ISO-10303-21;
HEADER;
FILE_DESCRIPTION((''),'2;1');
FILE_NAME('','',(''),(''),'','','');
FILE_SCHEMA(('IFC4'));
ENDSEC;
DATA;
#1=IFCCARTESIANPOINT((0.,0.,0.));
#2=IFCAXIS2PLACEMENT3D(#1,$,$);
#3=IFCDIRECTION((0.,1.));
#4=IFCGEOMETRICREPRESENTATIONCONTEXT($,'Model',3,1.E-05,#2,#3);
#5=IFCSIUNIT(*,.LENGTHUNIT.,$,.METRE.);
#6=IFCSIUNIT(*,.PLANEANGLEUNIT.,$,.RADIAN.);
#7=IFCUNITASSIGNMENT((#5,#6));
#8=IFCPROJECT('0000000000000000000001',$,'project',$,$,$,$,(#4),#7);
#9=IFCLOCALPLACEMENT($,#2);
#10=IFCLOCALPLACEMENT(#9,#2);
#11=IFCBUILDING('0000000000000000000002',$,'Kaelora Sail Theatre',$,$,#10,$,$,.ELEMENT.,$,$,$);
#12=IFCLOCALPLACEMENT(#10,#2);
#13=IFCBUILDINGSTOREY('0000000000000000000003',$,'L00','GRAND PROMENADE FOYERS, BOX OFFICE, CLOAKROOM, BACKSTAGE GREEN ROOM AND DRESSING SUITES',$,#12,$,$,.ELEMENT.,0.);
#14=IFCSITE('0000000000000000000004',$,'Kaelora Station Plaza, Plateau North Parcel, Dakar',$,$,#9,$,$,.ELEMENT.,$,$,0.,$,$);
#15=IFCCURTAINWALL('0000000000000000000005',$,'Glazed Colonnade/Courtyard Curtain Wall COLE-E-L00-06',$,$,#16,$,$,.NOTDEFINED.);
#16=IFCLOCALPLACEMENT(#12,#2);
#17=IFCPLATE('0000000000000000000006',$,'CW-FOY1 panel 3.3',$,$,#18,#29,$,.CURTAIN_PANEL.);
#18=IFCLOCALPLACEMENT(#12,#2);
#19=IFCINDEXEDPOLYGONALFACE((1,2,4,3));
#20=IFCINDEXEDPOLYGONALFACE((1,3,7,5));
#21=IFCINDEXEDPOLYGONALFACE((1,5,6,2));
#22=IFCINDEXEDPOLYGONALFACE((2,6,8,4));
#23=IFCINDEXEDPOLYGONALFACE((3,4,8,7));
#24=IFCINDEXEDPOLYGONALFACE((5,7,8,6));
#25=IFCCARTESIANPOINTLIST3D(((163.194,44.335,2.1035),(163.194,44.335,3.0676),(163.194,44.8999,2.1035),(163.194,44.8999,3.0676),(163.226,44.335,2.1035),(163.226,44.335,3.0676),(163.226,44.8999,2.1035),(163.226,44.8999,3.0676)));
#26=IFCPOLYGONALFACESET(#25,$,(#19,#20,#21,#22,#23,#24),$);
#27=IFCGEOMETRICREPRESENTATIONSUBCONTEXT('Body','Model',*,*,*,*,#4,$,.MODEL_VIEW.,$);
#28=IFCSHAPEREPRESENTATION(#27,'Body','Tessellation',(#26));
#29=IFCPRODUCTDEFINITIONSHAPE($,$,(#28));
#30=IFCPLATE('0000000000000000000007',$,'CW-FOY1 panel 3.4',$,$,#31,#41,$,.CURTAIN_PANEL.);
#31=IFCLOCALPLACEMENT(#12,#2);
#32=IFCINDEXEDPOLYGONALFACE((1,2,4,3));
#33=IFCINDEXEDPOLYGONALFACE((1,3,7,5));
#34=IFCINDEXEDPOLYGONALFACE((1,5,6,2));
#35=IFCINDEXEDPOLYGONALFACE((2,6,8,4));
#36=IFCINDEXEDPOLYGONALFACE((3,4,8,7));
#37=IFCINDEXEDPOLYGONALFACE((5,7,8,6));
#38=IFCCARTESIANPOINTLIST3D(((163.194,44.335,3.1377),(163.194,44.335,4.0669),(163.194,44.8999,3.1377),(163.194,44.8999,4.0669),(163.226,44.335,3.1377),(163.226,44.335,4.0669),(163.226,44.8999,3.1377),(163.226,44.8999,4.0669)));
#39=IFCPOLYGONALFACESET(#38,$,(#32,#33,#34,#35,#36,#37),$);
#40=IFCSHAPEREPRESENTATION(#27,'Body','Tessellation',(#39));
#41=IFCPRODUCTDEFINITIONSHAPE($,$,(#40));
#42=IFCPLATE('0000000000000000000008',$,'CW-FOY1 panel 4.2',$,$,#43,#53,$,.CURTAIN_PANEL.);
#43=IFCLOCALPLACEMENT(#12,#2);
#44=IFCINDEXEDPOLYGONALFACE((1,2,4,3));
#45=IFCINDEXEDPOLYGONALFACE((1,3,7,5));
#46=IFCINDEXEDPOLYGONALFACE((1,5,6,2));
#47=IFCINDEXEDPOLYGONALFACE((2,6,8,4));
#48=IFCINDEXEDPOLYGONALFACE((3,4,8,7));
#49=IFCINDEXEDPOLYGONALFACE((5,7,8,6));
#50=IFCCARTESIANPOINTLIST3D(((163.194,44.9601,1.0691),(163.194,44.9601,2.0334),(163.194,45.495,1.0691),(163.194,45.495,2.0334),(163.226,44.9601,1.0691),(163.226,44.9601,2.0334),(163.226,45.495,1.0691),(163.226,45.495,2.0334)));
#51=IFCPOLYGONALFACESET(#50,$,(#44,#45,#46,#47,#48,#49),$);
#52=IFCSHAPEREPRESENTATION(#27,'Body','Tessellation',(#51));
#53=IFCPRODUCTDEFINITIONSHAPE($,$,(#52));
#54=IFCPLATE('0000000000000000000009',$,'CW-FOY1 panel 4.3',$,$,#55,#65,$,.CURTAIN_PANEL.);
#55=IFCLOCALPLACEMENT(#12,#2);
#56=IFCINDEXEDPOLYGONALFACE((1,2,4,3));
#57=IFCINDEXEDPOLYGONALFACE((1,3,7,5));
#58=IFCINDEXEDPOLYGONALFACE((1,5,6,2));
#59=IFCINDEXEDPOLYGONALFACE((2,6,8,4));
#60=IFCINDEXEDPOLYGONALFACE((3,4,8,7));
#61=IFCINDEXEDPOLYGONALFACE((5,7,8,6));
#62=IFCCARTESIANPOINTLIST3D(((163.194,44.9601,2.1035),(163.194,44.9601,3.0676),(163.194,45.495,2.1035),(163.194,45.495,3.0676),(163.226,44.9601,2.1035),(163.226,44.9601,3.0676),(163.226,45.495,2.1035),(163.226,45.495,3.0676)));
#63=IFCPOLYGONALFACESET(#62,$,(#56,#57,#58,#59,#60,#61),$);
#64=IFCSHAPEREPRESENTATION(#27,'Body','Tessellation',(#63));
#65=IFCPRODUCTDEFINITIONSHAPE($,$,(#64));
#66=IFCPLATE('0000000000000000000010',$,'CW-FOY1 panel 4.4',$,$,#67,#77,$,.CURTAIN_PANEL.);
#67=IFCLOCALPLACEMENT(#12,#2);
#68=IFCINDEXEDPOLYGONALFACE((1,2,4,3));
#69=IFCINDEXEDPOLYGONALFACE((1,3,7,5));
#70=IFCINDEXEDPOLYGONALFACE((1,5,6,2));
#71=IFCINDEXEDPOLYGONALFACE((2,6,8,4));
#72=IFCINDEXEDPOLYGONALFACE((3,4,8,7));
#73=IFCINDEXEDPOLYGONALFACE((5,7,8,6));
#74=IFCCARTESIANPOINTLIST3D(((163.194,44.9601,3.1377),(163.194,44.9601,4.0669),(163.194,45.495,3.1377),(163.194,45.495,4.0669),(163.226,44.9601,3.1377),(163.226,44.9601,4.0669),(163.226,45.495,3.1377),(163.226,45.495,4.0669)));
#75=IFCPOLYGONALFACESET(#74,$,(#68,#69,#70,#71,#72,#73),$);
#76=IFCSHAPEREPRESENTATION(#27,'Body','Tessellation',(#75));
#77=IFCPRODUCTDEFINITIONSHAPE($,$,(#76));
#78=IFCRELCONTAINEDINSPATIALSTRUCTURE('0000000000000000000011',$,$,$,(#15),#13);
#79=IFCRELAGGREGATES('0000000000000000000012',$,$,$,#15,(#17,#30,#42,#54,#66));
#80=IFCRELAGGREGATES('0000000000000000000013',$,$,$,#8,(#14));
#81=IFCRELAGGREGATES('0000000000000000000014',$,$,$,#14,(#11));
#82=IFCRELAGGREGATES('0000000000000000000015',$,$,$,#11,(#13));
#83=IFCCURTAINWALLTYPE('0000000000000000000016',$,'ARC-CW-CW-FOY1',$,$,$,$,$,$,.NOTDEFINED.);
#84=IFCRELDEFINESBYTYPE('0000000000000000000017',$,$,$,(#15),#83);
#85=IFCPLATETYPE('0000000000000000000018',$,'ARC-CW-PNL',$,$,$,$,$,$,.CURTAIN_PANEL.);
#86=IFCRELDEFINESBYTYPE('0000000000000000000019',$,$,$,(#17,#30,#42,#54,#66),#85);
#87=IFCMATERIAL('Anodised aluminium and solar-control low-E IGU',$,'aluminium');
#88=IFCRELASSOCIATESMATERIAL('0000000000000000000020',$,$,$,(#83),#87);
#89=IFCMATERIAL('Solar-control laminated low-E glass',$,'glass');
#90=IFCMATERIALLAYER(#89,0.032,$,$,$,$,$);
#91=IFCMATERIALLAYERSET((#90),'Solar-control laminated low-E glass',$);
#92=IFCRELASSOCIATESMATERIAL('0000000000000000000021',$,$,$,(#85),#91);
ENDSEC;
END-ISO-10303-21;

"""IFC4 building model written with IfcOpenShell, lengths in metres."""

from ifc_helpers import new_model, si_unit, direction, frame, origin, origin_2d, place, context, subcontext, project, spatial, rectangle, extrude, material, layer, layer_set, type_object, element, aggregate, save


model = new_model("IFC4")

# Units and contexts
model_context = context("Model", 3, precision=1e-05, world=origin(), true_north=direction((0.0, 1.0)))
body_context = subcontext(model_context, "Body", "Model", "MODEL_VIEW")
ifc_project = project(units=[si_unit("LENGTHUNIT", "METRE"), si_unit("PLANEANGLEUNIT", "RADIAN")], contexts=[model_context])

# Site, building, storey
site_placement = place(None, origin())
site = spatial("IfcSite", under=ifc_project, at=site_placement, Name="Kaelora Station Plaza, Plateau North Parcel, Dakar", CompositionType="ELEMENT", RefElevation=0.0)
building_placement = place(site_placement, origin())
building = spatial("IfcBuilding", under=site, at=building_placement, Name="Kaelora Sail Theatre", CompositionType="ELEMENT")
storey_placement = place(building_placement, origin())
storey = spatial("IfcBuildingStorey", under=building, at=storey_placement, Name="L00", Description="GRAND PROMENADE FOYERS, BOX OFFICE, CLOAKROOM, BACKSTAGE GREEN ROOM AND DRESSING SUITES", CompositionType="ELEMENT", Elevation=0.0)

# Curtain wall
ifc_material_1 = material(Name="Anodised aluminium and solar-control low-E IGU", Category="aluminium")
curtain_wall_type = type_object("IfcCurtainWallType", Name="ARC-CW-CW-FOY1", PredefinedType="NOTDEFINED", material=ifc_material_1)
curtain_wall_1_placement = place(storey_placement, origin())
curtain_wall_1 = element("IfcCurtainWall", 1, at=curtain_wall_1_placement, inside=storey, type_object=curtain_wall_type, Name="Glazed Colonnade/Courtyard Curtain Wall COLE-E-L00-06", PredefinedType="NOTDEFINED")

# Plates
ifc_material_2 = material(Name="Solar-control laminated low-E glass", Category="glass")
ifc_layer = layer(ifc_material_2, 0.032)
ifc_layer_set = layer_set([ifc_layer], Name="Solar-control laminated low-E glass")
plate_type = type_object("IfcPlateType", Name="ARC-CW-PNL", PredefinedType="CURTAIN_PANEL", material=ifc_layer_set)
plate_1_placement = place(storey_placement, frame((163.21, 44.6174, 2.1035), z_axis=(0.0, 0.0, 1.0), x_axis=(0.0, 1.0, 0.0)))
plate_1 = element("IfcPlate", 2, at=plate_1_placement, type_object=plate_type, Name="CW-FOY1 panel 3.3", PredefinedType="CURTAIN_PANEL", context=body_context, shape_type="SweptSolid", body=[
    extrude(rectangle(XDim=0.5649, YDim=0.032, at=origin_2d()), origin(), (0.0, 0.0, 1.0), 0.9641),
])
plate_2_placement = place(storey_placement, frame((163.21, 44.6174, 3.1377), z_axis=(0.0, 0.0, 1.0), x_axis=(0.0, 1.0, 0.0)))
plate_2 = element("IfcPlate", 3, at=plate_2_placement, type_object=plate_type, Name="CW-FOY1 panel 3.4", PredefinedType="CURTAIN_PANEL", context=body_context, shape_type="SweptSolid", body=[
    extrude(rectangle(XDim=0.5649, YDim=0.032, at=origin_2d()), origin(), (0.0, 0.0, 1.0), 0.9292),
])
plate_3_placement = place(storey_placement, frame((163.21, 45.2275, 1.0691), z_axis=(0.0, 0.0, 1.0), x_axis=(0.0, 1.0, 0.0)))
plate_3 = element("IfcPlate", 4, at=plate_3_placement, type_object=plate_type, Name="CW-FOY1 panel 4.2", PredefinedType="CURTAIN_PANEL", context=body_context, shape_type="SweptSolid", body=[
    extrude(rectangle(XDim=0.5349, YDim=0.032, at=origin_2d()), origin(), (0.0, 0.0, 1.0), 0.9644),
])
plate_4_placement = place(storey_placement, frame((163.21, 45.2275, 2.1035), z_axis=(0.0, 0.0, 1.0), x_axis=(0.0, 1.0, 0.0)))
plate_4 = element("IfcPlate", 5, at=plate_4_placement, type_object=plate_type, Name="CW-FOY1 panel 4.3", PredefinedType="CURTAIN_PANEL", context=body_context, shape_type="SweptSolid", body=[
    extrude(rectangle(XDim=0.5349, YDim=0.032, at=origin_2d()), origin(), (0.0, 0.0, 1.0), 0.9641),
])
plate_5_placement = place(storey_placement, frame((163.21, 45.2275, 3.1377), z_axis=(0.0, 0.0, 1.0), x_axis=(0.0, 1.0, 0.0)))
plate_5 = element("IfcPlate", 6, at=plate_5_placement, type_object=plate_type, Name="CW-FOY1 panel 4.4", PredefinedType="CURTAIN_PANEL", context=body_context, shape_type="SweptSolid", body=[
    extrude(rectangle(XDim=0.5349, YDim=0.032, at=origin_2d()), origin(), (0.0, 0.0, 1.0), 0.9292),
])
aggregate(curtain_wall_1, [plate_1, plate_2, plate_3, plate_4, plate_5])

save(model, "model.ifc")
